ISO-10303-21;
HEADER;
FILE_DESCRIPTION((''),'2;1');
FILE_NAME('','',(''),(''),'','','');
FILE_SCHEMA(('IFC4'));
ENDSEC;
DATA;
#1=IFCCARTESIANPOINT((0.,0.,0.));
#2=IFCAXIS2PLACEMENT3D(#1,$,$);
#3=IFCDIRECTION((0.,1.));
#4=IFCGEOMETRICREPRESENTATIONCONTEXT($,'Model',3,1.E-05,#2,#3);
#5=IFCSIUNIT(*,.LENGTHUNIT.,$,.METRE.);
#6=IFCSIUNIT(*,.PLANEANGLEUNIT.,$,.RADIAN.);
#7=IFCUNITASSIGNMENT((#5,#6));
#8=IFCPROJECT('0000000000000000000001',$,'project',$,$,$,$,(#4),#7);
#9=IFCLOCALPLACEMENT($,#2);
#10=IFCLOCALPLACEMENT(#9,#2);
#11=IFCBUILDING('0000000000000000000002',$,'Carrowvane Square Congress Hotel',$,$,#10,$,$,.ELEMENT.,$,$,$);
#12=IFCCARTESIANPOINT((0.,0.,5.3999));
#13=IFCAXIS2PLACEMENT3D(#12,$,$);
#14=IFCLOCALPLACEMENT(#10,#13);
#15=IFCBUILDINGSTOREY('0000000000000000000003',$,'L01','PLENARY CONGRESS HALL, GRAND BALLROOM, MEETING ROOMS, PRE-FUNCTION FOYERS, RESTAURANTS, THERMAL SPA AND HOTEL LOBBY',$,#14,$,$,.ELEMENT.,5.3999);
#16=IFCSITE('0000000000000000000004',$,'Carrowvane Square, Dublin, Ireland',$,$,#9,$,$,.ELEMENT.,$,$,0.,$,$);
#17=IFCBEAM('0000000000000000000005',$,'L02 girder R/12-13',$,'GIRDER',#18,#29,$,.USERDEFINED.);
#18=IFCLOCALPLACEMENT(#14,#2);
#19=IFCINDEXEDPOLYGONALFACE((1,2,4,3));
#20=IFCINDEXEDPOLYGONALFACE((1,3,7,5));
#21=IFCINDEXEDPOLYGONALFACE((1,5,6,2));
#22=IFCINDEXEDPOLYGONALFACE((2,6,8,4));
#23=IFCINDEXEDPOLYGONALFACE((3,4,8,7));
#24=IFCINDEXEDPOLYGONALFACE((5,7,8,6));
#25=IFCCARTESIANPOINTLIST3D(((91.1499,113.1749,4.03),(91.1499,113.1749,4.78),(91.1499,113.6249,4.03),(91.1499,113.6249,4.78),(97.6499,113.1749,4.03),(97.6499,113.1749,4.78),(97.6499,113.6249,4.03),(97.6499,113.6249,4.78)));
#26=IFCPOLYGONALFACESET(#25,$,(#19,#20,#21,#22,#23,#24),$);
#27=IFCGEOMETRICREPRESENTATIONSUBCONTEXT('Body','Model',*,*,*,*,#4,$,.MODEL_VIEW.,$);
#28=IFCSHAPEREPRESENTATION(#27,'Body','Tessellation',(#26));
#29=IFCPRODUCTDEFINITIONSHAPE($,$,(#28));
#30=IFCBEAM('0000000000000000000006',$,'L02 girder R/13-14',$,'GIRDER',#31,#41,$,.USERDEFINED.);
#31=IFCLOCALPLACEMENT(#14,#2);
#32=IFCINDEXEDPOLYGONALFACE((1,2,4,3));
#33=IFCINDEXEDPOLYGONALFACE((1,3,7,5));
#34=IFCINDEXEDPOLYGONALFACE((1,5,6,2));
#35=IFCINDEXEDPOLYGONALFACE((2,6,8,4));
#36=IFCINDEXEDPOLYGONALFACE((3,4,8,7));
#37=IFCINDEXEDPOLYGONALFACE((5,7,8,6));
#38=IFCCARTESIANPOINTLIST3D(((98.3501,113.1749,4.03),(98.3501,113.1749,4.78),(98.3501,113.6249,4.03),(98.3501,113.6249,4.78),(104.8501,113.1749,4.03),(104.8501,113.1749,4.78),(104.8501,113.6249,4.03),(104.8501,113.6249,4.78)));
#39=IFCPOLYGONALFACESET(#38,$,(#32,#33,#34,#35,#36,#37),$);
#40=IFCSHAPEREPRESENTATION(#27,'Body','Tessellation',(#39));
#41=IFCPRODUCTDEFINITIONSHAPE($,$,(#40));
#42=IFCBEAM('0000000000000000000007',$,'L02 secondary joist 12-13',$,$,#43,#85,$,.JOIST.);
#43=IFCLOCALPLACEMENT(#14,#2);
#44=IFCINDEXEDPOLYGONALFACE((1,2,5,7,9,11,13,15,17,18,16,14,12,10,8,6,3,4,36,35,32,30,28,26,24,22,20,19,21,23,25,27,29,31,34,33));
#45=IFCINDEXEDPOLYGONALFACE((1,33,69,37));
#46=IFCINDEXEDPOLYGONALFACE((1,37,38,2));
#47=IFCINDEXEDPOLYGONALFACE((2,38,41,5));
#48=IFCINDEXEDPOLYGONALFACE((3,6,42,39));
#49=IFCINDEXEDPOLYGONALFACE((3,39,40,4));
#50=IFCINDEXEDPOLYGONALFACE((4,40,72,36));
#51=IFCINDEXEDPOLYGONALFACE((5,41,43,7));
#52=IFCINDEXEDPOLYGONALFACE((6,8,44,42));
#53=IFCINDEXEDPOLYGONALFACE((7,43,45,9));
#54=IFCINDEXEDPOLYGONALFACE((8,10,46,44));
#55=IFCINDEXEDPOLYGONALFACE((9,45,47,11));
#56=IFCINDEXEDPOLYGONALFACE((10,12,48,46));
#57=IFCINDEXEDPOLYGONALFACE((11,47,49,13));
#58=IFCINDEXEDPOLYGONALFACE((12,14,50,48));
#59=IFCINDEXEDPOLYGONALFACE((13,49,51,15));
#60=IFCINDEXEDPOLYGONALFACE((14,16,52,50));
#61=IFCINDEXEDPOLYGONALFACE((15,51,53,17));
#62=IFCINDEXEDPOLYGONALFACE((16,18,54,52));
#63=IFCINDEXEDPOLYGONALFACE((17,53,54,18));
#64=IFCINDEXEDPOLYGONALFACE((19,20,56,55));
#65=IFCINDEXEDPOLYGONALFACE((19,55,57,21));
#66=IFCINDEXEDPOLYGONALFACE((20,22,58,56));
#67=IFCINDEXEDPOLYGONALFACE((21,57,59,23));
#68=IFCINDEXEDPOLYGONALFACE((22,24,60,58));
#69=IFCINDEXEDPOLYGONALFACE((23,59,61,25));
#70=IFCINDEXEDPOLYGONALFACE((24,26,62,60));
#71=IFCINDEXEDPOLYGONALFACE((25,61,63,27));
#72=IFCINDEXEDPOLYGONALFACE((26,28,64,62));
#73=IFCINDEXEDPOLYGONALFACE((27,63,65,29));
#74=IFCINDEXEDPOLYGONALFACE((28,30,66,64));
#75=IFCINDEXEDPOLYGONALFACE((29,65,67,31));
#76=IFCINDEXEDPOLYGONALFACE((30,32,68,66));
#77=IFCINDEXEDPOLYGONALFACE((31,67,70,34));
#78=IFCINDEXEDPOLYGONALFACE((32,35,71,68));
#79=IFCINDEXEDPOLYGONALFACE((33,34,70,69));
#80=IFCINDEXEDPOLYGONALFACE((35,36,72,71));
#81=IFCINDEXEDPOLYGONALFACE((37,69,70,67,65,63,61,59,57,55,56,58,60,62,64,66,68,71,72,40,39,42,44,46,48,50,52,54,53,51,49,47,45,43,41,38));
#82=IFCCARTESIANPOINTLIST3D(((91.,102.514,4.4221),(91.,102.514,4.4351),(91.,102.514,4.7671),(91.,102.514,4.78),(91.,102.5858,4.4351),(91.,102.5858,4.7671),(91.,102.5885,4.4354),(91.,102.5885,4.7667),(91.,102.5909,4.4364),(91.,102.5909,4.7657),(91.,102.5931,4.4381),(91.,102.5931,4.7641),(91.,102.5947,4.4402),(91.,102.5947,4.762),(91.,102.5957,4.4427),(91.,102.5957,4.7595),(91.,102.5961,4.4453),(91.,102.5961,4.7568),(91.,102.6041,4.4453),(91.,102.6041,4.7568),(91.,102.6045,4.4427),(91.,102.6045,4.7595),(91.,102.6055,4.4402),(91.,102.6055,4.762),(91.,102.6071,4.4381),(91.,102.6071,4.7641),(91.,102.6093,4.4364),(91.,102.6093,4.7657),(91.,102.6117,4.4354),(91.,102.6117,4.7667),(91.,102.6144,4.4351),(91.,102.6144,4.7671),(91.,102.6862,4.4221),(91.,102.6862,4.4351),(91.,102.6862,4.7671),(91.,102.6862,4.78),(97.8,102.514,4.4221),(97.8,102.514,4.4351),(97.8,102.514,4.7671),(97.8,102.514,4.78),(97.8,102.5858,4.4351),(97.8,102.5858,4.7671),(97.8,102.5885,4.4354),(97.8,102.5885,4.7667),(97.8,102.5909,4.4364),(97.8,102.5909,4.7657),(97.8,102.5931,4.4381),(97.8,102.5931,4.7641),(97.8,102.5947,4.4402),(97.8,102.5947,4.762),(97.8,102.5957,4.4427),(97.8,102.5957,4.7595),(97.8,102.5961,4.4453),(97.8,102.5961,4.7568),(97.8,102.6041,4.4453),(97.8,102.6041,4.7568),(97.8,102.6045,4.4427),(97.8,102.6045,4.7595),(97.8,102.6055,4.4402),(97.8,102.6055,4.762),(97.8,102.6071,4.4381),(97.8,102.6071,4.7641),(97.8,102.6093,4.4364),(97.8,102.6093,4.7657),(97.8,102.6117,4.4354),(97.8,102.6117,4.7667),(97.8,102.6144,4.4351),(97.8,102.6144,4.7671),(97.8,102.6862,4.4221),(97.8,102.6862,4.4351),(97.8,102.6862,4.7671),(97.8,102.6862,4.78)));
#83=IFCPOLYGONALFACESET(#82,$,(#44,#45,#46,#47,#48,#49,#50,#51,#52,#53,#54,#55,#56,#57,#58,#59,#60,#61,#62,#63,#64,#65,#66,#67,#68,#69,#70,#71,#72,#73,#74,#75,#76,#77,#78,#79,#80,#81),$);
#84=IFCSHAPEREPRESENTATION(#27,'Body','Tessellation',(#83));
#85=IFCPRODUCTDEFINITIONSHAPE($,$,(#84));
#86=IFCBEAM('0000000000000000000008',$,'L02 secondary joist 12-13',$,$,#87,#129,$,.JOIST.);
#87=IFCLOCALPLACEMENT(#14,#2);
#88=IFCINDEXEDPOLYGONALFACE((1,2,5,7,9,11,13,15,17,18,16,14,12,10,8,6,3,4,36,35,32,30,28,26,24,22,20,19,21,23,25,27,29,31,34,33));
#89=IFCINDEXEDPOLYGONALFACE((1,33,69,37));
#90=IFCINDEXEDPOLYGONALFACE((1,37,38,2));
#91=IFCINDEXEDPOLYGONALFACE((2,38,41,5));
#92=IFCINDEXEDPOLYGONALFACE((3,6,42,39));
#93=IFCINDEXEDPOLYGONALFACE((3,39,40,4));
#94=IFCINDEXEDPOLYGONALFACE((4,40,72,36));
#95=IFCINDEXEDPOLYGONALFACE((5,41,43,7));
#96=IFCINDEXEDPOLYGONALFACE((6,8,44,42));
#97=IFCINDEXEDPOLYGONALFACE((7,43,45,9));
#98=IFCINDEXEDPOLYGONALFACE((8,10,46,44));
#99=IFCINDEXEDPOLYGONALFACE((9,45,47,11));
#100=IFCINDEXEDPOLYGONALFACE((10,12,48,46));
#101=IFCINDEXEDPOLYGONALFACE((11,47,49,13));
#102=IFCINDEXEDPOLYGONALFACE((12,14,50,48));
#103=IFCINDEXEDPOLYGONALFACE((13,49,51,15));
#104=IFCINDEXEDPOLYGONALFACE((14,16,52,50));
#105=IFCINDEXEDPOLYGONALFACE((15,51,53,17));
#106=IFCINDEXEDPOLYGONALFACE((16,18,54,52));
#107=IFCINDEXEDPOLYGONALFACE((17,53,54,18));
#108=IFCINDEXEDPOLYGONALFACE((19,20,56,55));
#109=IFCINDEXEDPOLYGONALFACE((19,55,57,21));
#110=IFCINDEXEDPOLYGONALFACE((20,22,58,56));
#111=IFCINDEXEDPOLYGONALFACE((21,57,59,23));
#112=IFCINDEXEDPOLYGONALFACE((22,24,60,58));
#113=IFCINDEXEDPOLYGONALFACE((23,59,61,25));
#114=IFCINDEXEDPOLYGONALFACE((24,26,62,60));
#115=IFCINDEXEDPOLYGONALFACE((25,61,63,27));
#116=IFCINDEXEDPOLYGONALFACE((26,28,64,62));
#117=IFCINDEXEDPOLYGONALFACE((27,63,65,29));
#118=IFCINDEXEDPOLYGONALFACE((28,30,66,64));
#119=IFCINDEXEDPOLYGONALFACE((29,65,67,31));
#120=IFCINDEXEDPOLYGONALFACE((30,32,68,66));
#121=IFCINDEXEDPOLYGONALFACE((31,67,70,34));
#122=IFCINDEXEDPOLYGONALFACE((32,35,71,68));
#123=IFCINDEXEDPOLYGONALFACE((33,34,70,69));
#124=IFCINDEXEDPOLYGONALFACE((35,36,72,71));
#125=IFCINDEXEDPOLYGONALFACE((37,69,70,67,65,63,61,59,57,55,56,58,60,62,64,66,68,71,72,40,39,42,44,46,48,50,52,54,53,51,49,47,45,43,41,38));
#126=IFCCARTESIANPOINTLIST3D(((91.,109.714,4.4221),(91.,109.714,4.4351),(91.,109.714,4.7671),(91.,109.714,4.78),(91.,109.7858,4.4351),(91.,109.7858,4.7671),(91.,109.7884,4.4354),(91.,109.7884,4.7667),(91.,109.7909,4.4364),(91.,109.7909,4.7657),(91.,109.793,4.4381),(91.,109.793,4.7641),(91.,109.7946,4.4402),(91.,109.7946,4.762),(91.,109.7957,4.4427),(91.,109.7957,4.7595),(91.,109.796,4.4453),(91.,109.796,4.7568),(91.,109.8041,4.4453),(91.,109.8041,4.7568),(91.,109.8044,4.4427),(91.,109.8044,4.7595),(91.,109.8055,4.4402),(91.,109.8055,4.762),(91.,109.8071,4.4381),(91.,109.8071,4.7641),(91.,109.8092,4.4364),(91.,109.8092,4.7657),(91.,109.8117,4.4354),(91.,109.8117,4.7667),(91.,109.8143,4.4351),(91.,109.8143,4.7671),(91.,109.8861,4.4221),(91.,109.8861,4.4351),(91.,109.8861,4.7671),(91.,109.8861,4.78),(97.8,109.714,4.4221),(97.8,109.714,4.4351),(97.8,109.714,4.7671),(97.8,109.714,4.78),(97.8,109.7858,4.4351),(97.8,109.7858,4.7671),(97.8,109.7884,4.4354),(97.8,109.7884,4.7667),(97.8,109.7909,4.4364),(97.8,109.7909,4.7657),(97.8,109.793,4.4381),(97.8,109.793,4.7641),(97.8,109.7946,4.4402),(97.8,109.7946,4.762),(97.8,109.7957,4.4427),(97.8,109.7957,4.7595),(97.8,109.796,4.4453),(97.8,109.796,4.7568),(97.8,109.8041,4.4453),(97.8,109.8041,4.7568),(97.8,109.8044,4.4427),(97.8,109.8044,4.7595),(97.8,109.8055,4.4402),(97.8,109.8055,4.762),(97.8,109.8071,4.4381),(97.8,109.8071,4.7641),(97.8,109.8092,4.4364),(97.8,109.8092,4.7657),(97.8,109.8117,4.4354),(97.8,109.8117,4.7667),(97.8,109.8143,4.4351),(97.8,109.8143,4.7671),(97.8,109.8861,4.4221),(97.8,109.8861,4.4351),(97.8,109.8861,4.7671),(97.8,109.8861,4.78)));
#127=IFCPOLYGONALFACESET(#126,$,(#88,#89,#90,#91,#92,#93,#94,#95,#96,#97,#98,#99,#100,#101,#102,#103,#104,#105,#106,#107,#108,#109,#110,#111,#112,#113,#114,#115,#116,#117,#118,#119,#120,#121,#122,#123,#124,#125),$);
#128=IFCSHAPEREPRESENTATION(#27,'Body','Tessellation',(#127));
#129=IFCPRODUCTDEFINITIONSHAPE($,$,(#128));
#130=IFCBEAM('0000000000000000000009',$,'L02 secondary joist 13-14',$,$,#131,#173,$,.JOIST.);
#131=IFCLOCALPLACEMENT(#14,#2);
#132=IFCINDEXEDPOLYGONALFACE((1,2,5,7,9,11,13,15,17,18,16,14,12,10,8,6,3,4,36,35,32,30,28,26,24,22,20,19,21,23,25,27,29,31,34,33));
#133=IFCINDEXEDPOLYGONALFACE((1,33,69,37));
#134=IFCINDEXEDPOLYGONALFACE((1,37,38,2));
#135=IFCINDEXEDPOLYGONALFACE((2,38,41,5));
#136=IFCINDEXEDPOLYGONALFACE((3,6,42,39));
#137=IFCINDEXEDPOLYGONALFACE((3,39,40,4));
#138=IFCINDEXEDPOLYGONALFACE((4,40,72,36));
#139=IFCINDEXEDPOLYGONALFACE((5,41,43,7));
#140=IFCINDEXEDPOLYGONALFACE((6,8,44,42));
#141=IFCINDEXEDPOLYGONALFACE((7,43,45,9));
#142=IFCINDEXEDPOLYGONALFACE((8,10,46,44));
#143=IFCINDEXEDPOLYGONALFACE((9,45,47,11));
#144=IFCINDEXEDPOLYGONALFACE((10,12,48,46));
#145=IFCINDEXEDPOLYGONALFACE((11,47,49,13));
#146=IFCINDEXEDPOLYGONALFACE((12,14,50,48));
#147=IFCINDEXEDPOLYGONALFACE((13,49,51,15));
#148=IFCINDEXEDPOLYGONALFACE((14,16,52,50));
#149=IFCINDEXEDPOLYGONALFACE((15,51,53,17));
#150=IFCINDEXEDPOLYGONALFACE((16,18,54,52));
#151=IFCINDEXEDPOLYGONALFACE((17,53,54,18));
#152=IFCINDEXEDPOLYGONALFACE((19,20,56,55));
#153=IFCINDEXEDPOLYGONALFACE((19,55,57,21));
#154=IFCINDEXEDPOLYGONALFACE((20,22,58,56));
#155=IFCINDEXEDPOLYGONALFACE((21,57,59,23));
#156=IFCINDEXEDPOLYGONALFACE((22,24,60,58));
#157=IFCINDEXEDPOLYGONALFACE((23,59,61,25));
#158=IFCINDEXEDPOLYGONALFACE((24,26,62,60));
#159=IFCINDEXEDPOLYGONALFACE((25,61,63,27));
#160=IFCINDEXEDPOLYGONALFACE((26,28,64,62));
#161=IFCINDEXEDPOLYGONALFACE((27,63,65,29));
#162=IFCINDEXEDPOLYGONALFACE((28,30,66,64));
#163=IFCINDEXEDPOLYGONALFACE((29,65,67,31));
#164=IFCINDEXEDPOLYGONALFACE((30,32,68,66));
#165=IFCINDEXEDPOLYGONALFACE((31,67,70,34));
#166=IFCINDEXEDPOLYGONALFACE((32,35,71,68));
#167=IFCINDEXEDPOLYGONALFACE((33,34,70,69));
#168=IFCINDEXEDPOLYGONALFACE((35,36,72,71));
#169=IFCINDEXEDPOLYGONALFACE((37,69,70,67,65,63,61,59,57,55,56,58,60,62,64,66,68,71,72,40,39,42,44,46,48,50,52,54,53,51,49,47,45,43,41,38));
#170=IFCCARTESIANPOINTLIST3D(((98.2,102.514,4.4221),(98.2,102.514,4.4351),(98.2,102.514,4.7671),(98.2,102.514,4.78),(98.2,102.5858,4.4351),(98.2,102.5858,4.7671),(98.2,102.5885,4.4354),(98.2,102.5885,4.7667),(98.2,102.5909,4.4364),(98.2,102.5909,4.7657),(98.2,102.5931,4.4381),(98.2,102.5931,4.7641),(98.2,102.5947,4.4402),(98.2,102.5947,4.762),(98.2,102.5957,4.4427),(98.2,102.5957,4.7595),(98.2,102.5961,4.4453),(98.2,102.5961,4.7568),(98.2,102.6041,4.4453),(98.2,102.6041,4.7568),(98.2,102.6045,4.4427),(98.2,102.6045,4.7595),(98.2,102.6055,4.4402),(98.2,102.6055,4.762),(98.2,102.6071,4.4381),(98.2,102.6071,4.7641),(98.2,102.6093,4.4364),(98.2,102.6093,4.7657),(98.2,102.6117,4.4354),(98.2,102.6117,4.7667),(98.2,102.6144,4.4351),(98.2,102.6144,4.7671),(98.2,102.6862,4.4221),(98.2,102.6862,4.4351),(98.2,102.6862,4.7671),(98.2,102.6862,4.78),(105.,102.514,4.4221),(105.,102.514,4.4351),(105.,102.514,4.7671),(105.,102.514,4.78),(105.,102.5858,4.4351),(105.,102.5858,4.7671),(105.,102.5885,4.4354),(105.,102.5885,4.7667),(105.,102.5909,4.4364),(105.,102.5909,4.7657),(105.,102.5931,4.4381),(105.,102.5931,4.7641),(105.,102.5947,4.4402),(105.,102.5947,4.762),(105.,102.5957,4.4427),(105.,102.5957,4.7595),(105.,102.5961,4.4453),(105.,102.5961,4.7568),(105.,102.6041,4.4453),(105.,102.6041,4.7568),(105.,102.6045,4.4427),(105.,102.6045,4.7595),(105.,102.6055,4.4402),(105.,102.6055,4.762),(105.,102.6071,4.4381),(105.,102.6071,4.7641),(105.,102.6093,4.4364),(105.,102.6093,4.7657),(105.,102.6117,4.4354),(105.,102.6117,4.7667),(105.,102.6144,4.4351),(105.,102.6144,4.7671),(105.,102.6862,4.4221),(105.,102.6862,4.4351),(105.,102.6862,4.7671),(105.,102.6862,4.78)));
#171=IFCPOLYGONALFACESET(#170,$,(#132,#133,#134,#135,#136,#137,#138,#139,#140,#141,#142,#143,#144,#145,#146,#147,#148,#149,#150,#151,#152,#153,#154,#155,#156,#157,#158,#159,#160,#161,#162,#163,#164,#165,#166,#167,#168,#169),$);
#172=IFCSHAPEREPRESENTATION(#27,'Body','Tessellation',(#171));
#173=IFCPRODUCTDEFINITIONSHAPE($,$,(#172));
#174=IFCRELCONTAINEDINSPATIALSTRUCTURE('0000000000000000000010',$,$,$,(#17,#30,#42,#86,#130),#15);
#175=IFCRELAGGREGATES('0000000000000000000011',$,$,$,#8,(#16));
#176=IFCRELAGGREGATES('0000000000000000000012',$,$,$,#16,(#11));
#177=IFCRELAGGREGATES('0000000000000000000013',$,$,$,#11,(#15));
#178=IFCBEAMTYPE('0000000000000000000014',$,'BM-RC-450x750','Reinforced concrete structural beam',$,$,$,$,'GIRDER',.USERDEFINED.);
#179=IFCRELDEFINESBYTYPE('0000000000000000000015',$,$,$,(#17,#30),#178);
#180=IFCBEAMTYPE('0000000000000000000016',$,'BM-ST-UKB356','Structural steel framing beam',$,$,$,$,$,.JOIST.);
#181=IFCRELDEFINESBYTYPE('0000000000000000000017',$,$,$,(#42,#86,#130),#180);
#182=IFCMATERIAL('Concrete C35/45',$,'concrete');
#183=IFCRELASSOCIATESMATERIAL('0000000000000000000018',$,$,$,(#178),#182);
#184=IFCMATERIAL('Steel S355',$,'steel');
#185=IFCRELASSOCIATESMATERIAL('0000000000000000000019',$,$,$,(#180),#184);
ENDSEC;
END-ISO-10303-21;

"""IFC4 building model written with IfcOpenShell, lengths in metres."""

from ifc_helpers import new_model, si_unit, direction, frame, origin, origin_2d, place, context, subcontext, project, spatial, rectangle, i_section, extrude, material, material_profile, profile_set, type_object, element, save


model = new_model("IFC4")

# Units and contexts
model_context = context("Model", 3, precision=1e-05, world=origin(), true_north=direction((0.0, 1.0)))
body_context = subcontext(model_context, "Body", "Model", "MODEL_VIEW")
ifc_project = project(units=[si_unit("LENGTHUNIT", "METRE"), si_unit("PLANEANGLEUNIT", "RADIAN")], contexts=[model_context])

# Site, building, storey
site_placement = place(None, origin())
site = spatial("IfcSite", under=ifc_project, at=site_placement, Name="Carrowvane Square, Dublin, Ireland", CompositionType="ELEMENT", RefElevation=0.0)
building_placement = place(site_placement, origin())
building = spatial("IfcBuilding", under=site, at=building_placement, Name="Carrowvane Square Congress Hotel", CompositionType="ELEMENT")
storey_placement = place(building_placement, frame((0.0, 0.0, 5.3999)))
storey = spatial("IfcBuildingStorey", under=building, at=storey_placement, Name="L01", Description="PLENARY CONGRESS HALL, GRAND BALLROOM, MEETING ROOMS, PRE-FUNCTION FOYERS, RESTAURANTS, THERMAL SPA AND HOTEL LOBBY", CompositionType="ELEMENT", Elevation=5.3999)

# Beams
ifc_material_1 = material(Name="Concrete C35/45", Category="concrete")
ifc_material_profile_1 = material_profile(ifc_material_1, rectangle(XDim=0.45, YDim=0.75, at=origin_2d()), Name="RC 450x750")
ifc_profile_set_1 = profile_set([ifc_material_profile_1], Name="Concrete C35/45")
beam_type_1 = type_object("IfcBeamType", Name="BM-RC-450x750", Description="Reinforced concrete structural beam", ElementType="GIRDER", PredefinedType="USERDEFINED", material=ifc_profile_set_1)
for number, where, z_axis, x_axis, name in (
    (1, (91.1499, 113.3999, 4.405), (1.0, 0.0, 0.0), (0.0, 1.0, 0.0), "L02 girder R/12-13"),
    (2, (98.3501, 113.3999, 4.405), (1.0, 0.0, 0.0), (0.0, 1.0, 0.0), "L02 girder R/13-14"),
):
    element("IfcBeam", number, at=place(storey_placement, frame(where, z_axis=z_axis, x_axis=x_axis)), inside=storey, type_object=beam_type_1, Name=name, ObjectType="GIRDER", PredefinedType="USERDEFINED", context=body_context, shape_type="SweptSolid", body=[
        extrude(rectangle(XDim=0.45, YDim=0.75, at=origin_2d()), origin(), (0.0, 0.0, 1.0), 6.5),
    ])
ifc_material_2 = material(Name="Steel S355", Category="steel")
ifc_material_profile_2 = material_profile(ifc_material_2, i_section(OverallWidth=0.1721, OverallDepth=0.3579, WebThickness=0.0081, FlangeThickness=0.0129, FilletRadius=0.0103, at=origin_2d()), Name="UKB 356x171x57")
ifc_profile_set_2 = profile_set([ifc_material_profile_2], Name="Steel S355")
beam_type_2 = type_object("IfcBeamType", Name="BM-ST-UKB356", Description="Structural steel framing beam", PredefinedType="JOIST", material=ifc_profile_set_2)
for number, where, z_axis, x_axis, name in (
    (3, (91.0, 102.6001, 4.6011), (1.0, 0.0, 0.0), (0.0, 1.0, 0.0), "L02 secondary joist 12-13"),
    (4, (91.0, 109.8, 4.6011), (1.0, 0.0, 0.0), (0.0, 1.0, 0.0), "L02 secondary joist 12-13"),
    (5, (98.2, 102.6001, 4.6011), (1.0, 0.0, 0.0), (0.0, 1.0, 0.0), "L02 secondary joist 13-14"),
):
    element("IfcBeam", number, at=place(storey_placement, frame(where, z_axis=z_axis, x_axis=x_axis)), inside=storey, type_object=beam_type_2, Name=name, PredefinedType="JOIST", context=body_context, shape_type="SweptSolid", body=[
        extrude(i_section(OverallWidth=0.1721, OverallDepth=0.3579, WebThickness=0.0081, FlangeThickness=0.0129, FilletRadius=0.0103, at=origin_2d()), origin(), (0.0, 0.0, 1.0), 6.8),
    ])

save(model, "model.ifc")
